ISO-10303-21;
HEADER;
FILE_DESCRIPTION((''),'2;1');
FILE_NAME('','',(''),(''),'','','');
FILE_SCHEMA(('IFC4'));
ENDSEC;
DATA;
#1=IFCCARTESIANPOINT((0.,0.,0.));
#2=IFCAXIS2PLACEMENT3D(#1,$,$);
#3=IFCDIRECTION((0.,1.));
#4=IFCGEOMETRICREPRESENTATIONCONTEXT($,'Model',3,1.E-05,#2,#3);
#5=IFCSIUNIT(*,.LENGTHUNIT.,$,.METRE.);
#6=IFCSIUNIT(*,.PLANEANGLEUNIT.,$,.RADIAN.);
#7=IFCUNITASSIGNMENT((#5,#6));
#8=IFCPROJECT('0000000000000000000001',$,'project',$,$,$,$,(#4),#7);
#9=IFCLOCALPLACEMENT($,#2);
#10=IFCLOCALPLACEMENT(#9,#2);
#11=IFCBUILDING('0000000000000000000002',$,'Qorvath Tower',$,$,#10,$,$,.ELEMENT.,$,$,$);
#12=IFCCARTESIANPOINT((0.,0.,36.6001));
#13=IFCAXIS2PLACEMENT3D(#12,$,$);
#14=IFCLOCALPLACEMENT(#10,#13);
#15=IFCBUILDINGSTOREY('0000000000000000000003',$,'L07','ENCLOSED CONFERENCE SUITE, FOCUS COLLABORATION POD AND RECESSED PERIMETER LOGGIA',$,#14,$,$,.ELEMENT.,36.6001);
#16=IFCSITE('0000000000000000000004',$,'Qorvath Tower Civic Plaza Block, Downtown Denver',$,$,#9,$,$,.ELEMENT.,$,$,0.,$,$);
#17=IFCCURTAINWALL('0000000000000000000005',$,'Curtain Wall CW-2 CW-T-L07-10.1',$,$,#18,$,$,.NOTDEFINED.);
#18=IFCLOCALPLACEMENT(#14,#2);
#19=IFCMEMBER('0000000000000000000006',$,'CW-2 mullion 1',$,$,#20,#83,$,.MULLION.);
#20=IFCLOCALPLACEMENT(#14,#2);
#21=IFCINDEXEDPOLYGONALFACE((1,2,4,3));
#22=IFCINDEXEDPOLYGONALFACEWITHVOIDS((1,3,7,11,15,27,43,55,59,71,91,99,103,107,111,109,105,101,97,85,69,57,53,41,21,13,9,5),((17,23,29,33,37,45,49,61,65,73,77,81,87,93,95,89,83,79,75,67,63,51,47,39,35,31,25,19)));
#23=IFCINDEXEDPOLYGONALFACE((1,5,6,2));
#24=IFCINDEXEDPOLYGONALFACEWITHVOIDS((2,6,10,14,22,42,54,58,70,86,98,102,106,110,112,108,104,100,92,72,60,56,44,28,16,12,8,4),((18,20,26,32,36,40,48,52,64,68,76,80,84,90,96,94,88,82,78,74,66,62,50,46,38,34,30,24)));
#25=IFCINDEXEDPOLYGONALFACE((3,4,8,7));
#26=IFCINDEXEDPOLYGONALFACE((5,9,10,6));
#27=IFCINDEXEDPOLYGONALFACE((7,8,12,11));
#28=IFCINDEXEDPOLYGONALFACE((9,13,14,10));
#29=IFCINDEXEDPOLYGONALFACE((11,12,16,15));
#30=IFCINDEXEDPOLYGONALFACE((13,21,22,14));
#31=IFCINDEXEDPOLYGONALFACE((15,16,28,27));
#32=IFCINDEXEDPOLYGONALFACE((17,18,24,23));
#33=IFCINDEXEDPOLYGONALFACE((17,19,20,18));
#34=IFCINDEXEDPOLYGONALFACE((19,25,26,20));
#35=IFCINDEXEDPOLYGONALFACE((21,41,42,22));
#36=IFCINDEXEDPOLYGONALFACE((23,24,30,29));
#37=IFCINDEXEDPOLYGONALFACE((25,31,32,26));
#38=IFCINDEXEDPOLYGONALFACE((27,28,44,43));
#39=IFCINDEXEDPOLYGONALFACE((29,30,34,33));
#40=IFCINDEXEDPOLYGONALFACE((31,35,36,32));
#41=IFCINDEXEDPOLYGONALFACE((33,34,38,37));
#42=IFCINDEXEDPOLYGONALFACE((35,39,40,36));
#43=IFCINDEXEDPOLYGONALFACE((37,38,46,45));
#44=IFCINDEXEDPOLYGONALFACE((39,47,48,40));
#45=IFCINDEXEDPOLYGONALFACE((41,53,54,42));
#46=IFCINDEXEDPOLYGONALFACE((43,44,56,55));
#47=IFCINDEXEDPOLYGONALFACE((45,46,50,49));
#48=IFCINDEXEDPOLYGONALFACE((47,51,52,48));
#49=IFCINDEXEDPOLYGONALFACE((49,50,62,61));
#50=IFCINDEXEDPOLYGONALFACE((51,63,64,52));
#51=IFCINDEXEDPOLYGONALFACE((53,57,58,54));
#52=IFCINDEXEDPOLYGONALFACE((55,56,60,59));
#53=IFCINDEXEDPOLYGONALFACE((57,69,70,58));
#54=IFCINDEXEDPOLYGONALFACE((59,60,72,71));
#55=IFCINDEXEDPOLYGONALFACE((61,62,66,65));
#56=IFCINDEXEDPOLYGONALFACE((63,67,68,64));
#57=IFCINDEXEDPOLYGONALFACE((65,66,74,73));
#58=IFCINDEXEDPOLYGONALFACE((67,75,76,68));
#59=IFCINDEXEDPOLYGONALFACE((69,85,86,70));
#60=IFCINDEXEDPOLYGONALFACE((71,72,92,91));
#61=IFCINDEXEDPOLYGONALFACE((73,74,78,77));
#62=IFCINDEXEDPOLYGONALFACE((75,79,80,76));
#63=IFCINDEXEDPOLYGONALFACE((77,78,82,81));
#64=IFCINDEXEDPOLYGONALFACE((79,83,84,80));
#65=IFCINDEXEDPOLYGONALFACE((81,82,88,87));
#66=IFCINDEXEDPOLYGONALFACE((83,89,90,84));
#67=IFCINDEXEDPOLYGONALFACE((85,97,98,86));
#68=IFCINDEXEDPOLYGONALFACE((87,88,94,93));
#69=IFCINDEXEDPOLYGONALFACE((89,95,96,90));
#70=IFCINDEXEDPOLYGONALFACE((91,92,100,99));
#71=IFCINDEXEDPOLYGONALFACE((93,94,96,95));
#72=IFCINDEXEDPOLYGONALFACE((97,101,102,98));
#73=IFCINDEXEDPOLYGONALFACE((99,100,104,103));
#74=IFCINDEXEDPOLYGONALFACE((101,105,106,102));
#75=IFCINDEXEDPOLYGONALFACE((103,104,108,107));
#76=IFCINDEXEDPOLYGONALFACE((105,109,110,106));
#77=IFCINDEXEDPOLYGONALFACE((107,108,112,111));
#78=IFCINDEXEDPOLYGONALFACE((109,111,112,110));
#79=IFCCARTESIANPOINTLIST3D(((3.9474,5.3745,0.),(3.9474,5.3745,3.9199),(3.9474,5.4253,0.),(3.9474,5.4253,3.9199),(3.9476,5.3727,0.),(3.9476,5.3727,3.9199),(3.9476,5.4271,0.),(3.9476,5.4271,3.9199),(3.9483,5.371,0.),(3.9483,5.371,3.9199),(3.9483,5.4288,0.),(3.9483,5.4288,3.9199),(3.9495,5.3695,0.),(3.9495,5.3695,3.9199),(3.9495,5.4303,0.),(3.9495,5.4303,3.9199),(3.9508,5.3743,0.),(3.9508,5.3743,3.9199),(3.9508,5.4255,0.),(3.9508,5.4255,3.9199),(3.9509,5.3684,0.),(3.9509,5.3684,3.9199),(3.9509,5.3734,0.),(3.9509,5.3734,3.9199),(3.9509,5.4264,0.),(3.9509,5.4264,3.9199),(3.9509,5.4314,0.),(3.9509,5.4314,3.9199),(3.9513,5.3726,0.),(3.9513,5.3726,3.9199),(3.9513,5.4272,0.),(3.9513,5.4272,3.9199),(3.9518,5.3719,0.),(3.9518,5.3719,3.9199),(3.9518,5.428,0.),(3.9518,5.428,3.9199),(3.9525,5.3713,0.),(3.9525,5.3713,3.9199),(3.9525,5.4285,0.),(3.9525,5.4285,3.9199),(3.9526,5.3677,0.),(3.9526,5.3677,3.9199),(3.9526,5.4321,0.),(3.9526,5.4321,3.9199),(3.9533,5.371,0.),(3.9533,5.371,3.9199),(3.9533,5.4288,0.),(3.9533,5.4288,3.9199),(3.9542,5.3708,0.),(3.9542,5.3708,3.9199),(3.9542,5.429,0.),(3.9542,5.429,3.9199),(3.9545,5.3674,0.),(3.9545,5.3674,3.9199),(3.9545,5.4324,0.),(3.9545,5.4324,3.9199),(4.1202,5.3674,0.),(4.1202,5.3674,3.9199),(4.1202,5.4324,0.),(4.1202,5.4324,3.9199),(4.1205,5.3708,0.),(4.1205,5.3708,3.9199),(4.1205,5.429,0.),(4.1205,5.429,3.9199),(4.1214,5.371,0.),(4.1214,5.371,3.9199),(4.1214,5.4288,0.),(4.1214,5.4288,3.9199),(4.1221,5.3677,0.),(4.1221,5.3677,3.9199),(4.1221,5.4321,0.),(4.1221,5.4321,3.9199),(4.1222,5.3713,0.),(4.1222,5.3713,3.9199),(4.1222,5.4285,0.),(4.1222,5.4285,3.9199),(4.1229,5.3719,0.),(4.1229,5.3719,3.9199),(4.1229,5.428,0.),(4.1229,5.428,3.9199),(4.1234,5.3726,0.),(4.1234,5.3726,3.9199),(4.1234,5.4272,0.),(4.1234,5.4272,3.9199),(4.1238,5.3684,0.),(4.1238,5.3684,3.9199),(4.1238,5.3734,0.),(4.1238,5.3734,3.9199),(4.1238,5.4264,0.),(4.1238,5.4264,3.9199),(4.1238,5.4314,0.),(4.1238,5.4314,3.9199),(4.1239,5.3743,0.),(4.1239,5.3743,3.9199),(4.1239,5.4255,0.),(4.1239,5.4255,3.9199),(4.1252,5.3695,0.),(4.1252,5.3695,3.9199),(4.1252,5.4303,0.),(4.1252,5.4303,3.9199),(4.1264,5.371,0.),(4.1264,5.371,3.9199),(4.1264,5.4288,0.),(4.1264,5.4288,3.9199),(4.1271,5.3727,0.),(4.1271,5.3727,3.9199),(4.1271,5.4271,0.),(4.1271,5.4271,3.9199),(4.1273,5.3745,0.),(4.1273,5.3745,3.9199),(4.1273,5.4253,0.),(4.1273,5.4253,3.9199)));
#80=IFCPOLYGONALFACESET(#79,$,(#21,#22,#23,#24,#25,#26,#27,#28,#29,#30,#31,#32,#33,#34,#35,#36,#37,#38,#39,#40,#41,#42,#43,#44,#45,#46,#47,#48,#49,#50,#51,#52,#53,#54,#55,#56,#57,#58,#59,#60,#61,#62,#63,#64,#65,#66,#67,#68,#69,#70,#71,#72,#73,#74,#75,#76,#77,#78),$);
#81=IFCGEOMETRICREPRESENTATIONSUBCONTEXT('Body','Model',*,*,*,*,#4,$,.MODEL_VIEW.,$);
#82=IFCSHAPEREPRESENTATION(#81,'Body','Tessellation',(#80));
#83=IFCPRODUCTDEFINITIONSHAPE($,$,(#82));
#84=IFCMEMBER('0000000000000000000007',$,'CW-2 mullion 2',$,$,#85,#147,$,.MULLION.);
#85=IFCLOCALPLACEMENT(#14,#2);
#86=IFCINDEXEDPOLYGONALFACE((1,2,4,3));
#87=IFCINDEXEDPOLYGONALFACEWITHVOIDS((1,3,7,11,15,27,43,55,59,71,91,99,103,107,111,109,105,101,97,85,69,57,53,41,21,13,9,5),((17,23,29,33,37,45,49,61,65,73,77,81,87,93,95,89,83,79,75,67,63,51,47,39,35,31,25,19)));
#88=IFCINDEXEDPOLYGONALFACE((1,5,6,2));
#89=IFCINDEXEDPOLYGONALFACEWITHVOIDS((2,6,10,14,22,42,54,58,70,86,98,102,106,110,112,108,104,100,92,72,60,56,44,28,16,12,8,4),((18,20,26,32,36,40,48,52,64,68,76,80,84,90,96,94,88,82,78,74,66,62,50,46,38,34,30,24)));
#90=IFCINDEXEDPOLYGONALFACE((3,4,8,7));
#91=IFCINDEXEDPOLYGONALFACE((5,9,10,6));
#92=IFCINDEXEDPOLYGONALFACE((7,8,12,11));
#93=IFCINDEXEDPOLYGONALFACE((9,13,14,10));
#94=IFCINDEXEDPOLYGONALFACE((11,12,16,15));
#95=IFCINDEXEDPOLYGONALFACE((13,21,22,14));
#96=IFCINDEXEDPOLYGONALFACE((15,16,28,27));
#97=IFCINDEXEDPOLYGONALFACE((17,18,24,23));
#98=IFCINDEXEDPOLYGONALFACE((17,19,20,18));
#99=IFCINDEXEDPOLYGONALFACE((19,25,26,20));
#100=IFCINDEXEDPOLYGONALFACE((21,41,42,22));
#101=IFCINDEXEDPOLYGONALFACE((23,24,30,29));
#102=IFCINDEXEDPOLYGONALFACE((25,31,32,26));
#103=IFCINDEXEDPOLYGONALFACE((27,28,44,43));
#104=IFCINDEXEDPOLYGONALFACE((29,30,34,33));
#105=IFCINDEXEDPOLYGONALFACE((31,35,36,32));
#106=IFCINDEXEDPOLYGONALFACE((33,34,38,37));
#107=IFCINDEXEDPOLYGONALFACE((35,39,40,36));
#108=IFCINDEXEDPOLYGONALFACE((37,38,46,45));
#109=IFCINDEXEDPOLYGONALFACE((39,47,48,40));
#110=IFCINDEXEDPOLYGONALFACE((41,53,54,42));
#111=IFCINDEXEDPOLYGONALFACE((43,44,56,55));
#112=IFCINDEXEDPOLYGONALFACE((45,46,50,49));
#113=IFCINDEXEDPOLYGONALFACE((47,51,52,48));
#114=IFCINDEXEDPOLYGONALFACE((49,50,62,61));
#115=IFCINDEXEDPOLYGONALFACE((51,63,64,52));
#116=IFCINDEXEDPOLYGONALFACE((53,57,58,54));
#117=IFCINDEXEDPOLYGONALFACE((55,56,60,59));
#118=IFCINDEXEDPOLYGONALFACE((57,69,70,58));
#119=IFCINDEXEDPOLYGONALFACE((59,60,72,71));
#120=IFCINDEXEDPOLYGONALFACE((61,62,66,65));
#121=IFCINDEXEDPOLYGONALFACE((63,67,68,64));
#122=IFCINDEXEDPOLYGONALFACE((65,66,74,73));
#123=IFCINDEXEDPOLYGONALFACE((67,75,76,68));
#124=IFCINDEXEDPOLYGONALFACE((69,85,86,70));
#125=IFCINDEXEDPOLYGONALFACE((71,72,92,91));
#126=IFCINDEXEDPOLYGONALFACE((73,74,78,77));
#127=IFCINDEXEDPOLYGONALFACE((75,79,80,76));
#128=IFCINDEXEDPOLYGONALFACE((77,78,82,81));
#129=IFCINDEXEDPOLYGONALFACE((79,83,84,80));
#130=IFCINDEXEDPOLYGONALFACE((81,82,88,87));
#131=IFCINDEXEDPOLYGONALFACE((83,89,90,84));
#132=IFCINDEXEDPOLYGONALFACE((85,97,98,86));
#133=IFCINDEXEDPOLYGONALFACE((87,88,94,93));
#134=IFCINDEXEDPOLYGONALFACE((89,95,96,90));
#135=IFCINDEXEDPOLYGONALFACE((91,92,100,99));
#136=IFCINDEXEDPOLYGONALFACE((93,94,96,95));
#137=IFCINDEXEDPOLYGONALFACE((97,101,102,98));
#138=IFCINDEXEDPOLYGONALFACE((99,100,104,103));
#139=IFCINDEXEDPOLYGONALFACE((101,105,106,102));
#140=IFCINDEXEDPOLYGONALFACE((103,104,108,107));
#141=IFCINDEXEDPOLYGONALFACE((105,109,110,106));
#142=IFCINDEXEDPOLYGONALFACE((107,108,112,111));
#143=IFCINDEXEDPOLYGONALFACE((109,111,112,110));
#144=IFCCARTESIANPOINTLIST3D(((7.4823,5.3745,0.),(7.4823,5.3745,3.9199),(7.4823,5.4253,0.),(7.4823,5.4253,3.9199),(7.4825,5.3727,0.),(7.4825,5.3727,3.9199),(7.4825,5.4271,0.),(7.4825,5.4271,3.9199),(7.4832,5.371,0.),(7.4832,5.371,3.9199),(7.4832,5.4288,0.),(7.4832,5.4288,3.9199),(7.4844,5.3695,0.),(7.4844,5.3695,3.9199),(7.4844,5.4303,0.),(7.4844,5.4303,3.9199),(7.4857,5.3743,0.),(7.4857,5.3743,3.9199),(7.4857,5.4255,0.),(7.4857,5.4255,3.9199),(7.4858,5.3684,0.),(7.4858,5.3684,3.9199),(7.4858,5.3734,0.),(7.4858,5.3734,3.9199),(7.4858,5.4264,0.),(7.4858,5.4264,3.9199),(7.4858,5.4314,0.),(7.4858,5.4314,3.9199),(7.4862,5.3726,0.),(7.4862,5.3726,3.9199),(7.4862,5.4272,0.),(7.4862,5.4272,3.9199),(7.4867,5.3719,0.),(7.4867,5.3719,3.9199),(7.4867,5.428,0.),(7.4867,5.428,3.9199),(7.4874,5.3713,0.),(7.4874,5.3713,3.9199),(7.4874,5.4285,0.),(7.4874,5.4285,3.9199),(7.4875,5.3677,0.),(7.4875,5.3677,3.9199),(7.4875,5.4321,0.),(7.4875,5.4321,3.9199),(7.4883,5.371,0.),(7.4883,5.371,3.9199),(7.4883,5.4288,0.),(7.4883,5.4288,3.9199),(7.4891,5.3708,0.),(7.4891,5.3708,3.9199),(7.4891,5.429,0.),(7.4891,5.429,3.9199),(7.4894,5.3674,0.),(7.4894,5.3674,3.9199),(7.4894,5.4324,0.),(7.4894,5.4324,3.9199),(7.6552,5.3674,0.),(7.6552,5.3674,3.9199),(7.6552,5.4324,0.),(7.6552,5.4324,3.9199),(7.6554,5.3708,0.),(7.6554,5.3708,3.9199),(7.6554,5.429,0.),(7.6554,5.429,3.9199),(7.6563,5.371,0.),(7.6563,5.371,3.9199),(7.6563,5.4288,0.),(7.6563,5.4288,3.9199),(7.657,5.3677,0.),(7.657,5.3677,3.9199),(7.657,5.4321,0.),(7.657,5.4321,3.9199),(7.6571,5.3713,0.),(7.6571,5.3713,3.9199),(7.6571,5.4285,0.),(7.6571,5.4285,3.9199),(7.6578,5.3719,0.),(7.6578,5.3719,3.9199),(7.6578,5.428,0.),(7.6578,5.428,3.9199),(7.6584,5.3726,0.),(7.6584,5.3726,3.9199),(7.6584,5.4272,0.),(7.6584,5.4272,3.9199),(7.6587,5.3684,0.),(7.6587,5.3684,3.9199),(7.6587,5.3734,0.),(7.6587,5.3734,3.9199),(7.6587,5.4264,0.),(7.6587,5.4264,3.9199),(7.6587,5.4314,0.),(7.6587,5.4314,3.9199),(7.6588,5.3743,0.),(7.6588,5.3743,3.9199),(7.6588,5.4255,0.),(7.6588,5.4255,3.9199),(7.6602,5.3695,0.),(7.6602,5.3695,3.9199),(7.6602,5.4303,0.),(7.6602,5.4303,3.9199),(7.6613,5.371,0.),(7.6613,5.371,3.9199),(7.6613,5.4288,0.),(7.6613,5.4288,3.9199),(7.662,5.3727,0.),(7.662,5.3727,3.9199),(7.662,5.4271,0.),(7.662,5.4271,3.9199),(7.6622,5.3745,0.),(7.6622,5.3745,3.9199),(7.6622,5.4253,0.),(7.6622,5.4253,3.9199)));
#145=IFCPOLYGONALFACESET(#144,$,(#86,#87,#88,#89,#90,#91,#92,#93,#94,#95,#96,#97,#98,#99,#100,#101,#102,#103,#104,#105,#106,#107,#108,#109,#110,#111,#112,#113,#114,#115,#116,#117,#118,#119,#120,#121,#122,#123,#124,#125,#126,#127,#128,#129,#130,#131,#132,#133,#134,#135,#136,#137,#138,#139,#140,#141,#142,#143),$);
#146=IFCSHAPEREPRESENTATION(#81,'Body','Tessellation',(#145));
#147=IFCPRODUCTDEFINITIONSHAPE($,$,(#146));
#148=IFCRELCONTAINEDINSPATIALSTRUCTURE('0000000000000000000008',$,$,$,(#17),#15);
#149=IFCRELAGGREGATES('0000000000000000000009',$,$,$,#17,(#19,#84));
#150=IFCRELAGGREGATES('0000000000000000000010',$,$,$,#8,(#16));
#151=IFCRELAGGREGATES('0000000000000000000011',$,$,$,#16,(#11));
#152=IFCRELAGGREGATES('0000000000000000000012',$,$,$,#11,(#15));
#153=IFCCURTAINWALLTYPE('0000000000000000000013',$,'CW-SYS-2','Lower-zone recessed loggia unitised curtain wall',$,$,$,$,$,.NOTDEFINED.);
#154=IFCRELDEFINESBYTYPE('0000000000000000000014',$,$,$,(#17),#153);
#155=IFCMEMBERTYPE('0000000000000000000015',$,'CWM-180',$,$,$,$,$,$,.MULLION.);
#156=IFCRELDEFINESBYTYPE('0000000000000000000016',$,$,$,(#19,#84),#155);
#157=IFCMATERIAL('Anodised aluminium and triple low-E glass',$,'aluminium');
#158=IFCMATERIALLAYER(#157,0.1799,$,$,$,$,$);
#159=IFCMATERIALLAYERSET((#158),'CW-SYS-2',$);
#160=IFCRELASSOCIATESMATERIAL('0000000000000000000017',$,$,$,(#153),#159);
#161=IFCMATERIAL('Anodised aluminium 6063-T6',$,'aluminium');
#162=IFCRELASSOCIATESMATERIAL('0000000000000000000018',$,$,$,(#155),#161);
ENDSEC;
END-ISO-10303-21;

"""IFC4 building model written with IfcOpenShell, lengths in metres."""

from ifc_helpers import new_model, si_unit, direction, frame, origin, origin_2d, place, context, subcontext, project, spatial, hollow_rectangle, extrude, material, layer, layer_set, material_profile, profile_set, type_object, element, aggregate, save


model = new_model("IFC4")

# Units and contexts
model_context = context("Model", 3, precision=1e-05, world=origin(), true_north=direction((0.0, 1.0)))
body_context = subcontext(model_context, "Body", "Model", "MODEL_VIEW")
ifc_project = project(units=[si_unit("LENGTHUNIT", "METRE"), si_unit("PLANEANGLEUNIT", "RADIAN")], contexts=[model_context])

# Site, building, storey
site_placement = place(None, origin())
site = spatial("IfcSite", under=ifc_project, at=site_placement, Name="Qorvath Tower Civic Plaza Block, Downtown Denver", CompositionType="ELEMENT", RefElevation=0.0)
building_placement = place(site_placement, origin())
building = spatial("IfcBuilding", under=site, at=building_placement, Name="Qorvath Tower", CompositionType="ELEMENT")
storey_placement = place(building_placement, frame((0.0, 0.0, 36.6001)))
storey = spatial("IfcBuildingStorey", under=building, at=storey_placement, Name="L07", Description="ENCLOSED CONFERENCE SUITE, FOCUS COLLABORATION POD AND RECESSED PERIMETER LOGGIA", CompositionType="ELEMENT", Elevation=36.6001)

# Curtain wall, members
ifc_material_1 = material(Name="Anodised aluminium and triple low-E glass", Category="aluminium")
ifc_layer_1 = layer(ifc_material_1, 0.1799)
ifc_layer_set_1 = layer_set([ifc_layer_1], Name="CW-SYS-2")
curtain_wall_type = type_object("IfcCurtainWallType", Name="CW-SYS-2", Description="Lower-zone recessed loggia unitised curtain wall", PredefinedType="NOTDEFINED", material=ifc_layer_set_1)
ifc_material_2 = material(Name="Anodised aluminium 6063-T6", Category="aluminium")
ifc_material_profile_1 = material_profile(ifc_material_2, hollow_rectangle(XDim=0.0649, YDim=0.1799, WallThickness=0.0034, InnerFilletRadius=0.0034, OuterFilletRadius=0.0071, at=origin_2d()), Name="CWM 180x65")
ifc_profile_set_1 = profile_set([ifc_material_profile_1], Name="Anodised aluminium 6063-T6")
member_type_1 = type_object("IfcMemberType", Name="CWM-180", PredefinedType="MULLION", material=ifc_profile_set_1)
curtain_wall_1_placement = place(storey_placement, origin())
curtain_wall_1 = element("IfcCurtainWall", 1, at=curtain_wall_1_placement, inside=storey, type_object=curtain_wall_type, Name="Curtain Wall CW-2 CW-T-L07-10.1", PredefinedType="NOTDEFINED")
member_1_placement = place(storey_placement, frame((4.0374, 5.3999, 0.0), z_axis=(0.0, 0.0, 1.0), x_axis=(0.0, 1.0, 0.0)))
member_1 = element("IfcMember", 2, at=member_1_placement, type_object=member_type_1, Name="CW-2 mullion 1", PredefinedType="MULLION", context=body_context, shape_type="SweptSolid", body=[
    extrude(hollow_rectangle(XDim=0.0649, YDim=0.1799, WallThickness=0.0034, InnerFilletRadius=0.0034, OuterFilletRadius=0.0071, at=origin_2d()), origin(), (0.0, 0.0, 1.0), 3.9199),
])
member_2_placement = place(storey_placement, frame((7.5723, 5.3999, 0.0), z_axis=(0.0, 0.0, 1.0), x_axis=(0.0, 1.0, 0.0)))
member_2 = element("IfcMember", 3, at=member_2_placement, type_object=member_type_1, Name="CW-2 mullion 2", PredefinedType="MULLION", context=body_context, shape_type="SweptSolid", body=[
    extrude(hollow_rectangle(XDim=0.0649, YDim=0.1799, WallThickness=0.0034, InnerFilletRadius=0.0034, OuterFilletRadius=0.0071, at=origin_2d()), origin(), (0.0, 0.0, 1.0), 3.9199),
])

aggregate(curtain_wall_1, [member_1, member_2])

save(model, "model.ifc")
